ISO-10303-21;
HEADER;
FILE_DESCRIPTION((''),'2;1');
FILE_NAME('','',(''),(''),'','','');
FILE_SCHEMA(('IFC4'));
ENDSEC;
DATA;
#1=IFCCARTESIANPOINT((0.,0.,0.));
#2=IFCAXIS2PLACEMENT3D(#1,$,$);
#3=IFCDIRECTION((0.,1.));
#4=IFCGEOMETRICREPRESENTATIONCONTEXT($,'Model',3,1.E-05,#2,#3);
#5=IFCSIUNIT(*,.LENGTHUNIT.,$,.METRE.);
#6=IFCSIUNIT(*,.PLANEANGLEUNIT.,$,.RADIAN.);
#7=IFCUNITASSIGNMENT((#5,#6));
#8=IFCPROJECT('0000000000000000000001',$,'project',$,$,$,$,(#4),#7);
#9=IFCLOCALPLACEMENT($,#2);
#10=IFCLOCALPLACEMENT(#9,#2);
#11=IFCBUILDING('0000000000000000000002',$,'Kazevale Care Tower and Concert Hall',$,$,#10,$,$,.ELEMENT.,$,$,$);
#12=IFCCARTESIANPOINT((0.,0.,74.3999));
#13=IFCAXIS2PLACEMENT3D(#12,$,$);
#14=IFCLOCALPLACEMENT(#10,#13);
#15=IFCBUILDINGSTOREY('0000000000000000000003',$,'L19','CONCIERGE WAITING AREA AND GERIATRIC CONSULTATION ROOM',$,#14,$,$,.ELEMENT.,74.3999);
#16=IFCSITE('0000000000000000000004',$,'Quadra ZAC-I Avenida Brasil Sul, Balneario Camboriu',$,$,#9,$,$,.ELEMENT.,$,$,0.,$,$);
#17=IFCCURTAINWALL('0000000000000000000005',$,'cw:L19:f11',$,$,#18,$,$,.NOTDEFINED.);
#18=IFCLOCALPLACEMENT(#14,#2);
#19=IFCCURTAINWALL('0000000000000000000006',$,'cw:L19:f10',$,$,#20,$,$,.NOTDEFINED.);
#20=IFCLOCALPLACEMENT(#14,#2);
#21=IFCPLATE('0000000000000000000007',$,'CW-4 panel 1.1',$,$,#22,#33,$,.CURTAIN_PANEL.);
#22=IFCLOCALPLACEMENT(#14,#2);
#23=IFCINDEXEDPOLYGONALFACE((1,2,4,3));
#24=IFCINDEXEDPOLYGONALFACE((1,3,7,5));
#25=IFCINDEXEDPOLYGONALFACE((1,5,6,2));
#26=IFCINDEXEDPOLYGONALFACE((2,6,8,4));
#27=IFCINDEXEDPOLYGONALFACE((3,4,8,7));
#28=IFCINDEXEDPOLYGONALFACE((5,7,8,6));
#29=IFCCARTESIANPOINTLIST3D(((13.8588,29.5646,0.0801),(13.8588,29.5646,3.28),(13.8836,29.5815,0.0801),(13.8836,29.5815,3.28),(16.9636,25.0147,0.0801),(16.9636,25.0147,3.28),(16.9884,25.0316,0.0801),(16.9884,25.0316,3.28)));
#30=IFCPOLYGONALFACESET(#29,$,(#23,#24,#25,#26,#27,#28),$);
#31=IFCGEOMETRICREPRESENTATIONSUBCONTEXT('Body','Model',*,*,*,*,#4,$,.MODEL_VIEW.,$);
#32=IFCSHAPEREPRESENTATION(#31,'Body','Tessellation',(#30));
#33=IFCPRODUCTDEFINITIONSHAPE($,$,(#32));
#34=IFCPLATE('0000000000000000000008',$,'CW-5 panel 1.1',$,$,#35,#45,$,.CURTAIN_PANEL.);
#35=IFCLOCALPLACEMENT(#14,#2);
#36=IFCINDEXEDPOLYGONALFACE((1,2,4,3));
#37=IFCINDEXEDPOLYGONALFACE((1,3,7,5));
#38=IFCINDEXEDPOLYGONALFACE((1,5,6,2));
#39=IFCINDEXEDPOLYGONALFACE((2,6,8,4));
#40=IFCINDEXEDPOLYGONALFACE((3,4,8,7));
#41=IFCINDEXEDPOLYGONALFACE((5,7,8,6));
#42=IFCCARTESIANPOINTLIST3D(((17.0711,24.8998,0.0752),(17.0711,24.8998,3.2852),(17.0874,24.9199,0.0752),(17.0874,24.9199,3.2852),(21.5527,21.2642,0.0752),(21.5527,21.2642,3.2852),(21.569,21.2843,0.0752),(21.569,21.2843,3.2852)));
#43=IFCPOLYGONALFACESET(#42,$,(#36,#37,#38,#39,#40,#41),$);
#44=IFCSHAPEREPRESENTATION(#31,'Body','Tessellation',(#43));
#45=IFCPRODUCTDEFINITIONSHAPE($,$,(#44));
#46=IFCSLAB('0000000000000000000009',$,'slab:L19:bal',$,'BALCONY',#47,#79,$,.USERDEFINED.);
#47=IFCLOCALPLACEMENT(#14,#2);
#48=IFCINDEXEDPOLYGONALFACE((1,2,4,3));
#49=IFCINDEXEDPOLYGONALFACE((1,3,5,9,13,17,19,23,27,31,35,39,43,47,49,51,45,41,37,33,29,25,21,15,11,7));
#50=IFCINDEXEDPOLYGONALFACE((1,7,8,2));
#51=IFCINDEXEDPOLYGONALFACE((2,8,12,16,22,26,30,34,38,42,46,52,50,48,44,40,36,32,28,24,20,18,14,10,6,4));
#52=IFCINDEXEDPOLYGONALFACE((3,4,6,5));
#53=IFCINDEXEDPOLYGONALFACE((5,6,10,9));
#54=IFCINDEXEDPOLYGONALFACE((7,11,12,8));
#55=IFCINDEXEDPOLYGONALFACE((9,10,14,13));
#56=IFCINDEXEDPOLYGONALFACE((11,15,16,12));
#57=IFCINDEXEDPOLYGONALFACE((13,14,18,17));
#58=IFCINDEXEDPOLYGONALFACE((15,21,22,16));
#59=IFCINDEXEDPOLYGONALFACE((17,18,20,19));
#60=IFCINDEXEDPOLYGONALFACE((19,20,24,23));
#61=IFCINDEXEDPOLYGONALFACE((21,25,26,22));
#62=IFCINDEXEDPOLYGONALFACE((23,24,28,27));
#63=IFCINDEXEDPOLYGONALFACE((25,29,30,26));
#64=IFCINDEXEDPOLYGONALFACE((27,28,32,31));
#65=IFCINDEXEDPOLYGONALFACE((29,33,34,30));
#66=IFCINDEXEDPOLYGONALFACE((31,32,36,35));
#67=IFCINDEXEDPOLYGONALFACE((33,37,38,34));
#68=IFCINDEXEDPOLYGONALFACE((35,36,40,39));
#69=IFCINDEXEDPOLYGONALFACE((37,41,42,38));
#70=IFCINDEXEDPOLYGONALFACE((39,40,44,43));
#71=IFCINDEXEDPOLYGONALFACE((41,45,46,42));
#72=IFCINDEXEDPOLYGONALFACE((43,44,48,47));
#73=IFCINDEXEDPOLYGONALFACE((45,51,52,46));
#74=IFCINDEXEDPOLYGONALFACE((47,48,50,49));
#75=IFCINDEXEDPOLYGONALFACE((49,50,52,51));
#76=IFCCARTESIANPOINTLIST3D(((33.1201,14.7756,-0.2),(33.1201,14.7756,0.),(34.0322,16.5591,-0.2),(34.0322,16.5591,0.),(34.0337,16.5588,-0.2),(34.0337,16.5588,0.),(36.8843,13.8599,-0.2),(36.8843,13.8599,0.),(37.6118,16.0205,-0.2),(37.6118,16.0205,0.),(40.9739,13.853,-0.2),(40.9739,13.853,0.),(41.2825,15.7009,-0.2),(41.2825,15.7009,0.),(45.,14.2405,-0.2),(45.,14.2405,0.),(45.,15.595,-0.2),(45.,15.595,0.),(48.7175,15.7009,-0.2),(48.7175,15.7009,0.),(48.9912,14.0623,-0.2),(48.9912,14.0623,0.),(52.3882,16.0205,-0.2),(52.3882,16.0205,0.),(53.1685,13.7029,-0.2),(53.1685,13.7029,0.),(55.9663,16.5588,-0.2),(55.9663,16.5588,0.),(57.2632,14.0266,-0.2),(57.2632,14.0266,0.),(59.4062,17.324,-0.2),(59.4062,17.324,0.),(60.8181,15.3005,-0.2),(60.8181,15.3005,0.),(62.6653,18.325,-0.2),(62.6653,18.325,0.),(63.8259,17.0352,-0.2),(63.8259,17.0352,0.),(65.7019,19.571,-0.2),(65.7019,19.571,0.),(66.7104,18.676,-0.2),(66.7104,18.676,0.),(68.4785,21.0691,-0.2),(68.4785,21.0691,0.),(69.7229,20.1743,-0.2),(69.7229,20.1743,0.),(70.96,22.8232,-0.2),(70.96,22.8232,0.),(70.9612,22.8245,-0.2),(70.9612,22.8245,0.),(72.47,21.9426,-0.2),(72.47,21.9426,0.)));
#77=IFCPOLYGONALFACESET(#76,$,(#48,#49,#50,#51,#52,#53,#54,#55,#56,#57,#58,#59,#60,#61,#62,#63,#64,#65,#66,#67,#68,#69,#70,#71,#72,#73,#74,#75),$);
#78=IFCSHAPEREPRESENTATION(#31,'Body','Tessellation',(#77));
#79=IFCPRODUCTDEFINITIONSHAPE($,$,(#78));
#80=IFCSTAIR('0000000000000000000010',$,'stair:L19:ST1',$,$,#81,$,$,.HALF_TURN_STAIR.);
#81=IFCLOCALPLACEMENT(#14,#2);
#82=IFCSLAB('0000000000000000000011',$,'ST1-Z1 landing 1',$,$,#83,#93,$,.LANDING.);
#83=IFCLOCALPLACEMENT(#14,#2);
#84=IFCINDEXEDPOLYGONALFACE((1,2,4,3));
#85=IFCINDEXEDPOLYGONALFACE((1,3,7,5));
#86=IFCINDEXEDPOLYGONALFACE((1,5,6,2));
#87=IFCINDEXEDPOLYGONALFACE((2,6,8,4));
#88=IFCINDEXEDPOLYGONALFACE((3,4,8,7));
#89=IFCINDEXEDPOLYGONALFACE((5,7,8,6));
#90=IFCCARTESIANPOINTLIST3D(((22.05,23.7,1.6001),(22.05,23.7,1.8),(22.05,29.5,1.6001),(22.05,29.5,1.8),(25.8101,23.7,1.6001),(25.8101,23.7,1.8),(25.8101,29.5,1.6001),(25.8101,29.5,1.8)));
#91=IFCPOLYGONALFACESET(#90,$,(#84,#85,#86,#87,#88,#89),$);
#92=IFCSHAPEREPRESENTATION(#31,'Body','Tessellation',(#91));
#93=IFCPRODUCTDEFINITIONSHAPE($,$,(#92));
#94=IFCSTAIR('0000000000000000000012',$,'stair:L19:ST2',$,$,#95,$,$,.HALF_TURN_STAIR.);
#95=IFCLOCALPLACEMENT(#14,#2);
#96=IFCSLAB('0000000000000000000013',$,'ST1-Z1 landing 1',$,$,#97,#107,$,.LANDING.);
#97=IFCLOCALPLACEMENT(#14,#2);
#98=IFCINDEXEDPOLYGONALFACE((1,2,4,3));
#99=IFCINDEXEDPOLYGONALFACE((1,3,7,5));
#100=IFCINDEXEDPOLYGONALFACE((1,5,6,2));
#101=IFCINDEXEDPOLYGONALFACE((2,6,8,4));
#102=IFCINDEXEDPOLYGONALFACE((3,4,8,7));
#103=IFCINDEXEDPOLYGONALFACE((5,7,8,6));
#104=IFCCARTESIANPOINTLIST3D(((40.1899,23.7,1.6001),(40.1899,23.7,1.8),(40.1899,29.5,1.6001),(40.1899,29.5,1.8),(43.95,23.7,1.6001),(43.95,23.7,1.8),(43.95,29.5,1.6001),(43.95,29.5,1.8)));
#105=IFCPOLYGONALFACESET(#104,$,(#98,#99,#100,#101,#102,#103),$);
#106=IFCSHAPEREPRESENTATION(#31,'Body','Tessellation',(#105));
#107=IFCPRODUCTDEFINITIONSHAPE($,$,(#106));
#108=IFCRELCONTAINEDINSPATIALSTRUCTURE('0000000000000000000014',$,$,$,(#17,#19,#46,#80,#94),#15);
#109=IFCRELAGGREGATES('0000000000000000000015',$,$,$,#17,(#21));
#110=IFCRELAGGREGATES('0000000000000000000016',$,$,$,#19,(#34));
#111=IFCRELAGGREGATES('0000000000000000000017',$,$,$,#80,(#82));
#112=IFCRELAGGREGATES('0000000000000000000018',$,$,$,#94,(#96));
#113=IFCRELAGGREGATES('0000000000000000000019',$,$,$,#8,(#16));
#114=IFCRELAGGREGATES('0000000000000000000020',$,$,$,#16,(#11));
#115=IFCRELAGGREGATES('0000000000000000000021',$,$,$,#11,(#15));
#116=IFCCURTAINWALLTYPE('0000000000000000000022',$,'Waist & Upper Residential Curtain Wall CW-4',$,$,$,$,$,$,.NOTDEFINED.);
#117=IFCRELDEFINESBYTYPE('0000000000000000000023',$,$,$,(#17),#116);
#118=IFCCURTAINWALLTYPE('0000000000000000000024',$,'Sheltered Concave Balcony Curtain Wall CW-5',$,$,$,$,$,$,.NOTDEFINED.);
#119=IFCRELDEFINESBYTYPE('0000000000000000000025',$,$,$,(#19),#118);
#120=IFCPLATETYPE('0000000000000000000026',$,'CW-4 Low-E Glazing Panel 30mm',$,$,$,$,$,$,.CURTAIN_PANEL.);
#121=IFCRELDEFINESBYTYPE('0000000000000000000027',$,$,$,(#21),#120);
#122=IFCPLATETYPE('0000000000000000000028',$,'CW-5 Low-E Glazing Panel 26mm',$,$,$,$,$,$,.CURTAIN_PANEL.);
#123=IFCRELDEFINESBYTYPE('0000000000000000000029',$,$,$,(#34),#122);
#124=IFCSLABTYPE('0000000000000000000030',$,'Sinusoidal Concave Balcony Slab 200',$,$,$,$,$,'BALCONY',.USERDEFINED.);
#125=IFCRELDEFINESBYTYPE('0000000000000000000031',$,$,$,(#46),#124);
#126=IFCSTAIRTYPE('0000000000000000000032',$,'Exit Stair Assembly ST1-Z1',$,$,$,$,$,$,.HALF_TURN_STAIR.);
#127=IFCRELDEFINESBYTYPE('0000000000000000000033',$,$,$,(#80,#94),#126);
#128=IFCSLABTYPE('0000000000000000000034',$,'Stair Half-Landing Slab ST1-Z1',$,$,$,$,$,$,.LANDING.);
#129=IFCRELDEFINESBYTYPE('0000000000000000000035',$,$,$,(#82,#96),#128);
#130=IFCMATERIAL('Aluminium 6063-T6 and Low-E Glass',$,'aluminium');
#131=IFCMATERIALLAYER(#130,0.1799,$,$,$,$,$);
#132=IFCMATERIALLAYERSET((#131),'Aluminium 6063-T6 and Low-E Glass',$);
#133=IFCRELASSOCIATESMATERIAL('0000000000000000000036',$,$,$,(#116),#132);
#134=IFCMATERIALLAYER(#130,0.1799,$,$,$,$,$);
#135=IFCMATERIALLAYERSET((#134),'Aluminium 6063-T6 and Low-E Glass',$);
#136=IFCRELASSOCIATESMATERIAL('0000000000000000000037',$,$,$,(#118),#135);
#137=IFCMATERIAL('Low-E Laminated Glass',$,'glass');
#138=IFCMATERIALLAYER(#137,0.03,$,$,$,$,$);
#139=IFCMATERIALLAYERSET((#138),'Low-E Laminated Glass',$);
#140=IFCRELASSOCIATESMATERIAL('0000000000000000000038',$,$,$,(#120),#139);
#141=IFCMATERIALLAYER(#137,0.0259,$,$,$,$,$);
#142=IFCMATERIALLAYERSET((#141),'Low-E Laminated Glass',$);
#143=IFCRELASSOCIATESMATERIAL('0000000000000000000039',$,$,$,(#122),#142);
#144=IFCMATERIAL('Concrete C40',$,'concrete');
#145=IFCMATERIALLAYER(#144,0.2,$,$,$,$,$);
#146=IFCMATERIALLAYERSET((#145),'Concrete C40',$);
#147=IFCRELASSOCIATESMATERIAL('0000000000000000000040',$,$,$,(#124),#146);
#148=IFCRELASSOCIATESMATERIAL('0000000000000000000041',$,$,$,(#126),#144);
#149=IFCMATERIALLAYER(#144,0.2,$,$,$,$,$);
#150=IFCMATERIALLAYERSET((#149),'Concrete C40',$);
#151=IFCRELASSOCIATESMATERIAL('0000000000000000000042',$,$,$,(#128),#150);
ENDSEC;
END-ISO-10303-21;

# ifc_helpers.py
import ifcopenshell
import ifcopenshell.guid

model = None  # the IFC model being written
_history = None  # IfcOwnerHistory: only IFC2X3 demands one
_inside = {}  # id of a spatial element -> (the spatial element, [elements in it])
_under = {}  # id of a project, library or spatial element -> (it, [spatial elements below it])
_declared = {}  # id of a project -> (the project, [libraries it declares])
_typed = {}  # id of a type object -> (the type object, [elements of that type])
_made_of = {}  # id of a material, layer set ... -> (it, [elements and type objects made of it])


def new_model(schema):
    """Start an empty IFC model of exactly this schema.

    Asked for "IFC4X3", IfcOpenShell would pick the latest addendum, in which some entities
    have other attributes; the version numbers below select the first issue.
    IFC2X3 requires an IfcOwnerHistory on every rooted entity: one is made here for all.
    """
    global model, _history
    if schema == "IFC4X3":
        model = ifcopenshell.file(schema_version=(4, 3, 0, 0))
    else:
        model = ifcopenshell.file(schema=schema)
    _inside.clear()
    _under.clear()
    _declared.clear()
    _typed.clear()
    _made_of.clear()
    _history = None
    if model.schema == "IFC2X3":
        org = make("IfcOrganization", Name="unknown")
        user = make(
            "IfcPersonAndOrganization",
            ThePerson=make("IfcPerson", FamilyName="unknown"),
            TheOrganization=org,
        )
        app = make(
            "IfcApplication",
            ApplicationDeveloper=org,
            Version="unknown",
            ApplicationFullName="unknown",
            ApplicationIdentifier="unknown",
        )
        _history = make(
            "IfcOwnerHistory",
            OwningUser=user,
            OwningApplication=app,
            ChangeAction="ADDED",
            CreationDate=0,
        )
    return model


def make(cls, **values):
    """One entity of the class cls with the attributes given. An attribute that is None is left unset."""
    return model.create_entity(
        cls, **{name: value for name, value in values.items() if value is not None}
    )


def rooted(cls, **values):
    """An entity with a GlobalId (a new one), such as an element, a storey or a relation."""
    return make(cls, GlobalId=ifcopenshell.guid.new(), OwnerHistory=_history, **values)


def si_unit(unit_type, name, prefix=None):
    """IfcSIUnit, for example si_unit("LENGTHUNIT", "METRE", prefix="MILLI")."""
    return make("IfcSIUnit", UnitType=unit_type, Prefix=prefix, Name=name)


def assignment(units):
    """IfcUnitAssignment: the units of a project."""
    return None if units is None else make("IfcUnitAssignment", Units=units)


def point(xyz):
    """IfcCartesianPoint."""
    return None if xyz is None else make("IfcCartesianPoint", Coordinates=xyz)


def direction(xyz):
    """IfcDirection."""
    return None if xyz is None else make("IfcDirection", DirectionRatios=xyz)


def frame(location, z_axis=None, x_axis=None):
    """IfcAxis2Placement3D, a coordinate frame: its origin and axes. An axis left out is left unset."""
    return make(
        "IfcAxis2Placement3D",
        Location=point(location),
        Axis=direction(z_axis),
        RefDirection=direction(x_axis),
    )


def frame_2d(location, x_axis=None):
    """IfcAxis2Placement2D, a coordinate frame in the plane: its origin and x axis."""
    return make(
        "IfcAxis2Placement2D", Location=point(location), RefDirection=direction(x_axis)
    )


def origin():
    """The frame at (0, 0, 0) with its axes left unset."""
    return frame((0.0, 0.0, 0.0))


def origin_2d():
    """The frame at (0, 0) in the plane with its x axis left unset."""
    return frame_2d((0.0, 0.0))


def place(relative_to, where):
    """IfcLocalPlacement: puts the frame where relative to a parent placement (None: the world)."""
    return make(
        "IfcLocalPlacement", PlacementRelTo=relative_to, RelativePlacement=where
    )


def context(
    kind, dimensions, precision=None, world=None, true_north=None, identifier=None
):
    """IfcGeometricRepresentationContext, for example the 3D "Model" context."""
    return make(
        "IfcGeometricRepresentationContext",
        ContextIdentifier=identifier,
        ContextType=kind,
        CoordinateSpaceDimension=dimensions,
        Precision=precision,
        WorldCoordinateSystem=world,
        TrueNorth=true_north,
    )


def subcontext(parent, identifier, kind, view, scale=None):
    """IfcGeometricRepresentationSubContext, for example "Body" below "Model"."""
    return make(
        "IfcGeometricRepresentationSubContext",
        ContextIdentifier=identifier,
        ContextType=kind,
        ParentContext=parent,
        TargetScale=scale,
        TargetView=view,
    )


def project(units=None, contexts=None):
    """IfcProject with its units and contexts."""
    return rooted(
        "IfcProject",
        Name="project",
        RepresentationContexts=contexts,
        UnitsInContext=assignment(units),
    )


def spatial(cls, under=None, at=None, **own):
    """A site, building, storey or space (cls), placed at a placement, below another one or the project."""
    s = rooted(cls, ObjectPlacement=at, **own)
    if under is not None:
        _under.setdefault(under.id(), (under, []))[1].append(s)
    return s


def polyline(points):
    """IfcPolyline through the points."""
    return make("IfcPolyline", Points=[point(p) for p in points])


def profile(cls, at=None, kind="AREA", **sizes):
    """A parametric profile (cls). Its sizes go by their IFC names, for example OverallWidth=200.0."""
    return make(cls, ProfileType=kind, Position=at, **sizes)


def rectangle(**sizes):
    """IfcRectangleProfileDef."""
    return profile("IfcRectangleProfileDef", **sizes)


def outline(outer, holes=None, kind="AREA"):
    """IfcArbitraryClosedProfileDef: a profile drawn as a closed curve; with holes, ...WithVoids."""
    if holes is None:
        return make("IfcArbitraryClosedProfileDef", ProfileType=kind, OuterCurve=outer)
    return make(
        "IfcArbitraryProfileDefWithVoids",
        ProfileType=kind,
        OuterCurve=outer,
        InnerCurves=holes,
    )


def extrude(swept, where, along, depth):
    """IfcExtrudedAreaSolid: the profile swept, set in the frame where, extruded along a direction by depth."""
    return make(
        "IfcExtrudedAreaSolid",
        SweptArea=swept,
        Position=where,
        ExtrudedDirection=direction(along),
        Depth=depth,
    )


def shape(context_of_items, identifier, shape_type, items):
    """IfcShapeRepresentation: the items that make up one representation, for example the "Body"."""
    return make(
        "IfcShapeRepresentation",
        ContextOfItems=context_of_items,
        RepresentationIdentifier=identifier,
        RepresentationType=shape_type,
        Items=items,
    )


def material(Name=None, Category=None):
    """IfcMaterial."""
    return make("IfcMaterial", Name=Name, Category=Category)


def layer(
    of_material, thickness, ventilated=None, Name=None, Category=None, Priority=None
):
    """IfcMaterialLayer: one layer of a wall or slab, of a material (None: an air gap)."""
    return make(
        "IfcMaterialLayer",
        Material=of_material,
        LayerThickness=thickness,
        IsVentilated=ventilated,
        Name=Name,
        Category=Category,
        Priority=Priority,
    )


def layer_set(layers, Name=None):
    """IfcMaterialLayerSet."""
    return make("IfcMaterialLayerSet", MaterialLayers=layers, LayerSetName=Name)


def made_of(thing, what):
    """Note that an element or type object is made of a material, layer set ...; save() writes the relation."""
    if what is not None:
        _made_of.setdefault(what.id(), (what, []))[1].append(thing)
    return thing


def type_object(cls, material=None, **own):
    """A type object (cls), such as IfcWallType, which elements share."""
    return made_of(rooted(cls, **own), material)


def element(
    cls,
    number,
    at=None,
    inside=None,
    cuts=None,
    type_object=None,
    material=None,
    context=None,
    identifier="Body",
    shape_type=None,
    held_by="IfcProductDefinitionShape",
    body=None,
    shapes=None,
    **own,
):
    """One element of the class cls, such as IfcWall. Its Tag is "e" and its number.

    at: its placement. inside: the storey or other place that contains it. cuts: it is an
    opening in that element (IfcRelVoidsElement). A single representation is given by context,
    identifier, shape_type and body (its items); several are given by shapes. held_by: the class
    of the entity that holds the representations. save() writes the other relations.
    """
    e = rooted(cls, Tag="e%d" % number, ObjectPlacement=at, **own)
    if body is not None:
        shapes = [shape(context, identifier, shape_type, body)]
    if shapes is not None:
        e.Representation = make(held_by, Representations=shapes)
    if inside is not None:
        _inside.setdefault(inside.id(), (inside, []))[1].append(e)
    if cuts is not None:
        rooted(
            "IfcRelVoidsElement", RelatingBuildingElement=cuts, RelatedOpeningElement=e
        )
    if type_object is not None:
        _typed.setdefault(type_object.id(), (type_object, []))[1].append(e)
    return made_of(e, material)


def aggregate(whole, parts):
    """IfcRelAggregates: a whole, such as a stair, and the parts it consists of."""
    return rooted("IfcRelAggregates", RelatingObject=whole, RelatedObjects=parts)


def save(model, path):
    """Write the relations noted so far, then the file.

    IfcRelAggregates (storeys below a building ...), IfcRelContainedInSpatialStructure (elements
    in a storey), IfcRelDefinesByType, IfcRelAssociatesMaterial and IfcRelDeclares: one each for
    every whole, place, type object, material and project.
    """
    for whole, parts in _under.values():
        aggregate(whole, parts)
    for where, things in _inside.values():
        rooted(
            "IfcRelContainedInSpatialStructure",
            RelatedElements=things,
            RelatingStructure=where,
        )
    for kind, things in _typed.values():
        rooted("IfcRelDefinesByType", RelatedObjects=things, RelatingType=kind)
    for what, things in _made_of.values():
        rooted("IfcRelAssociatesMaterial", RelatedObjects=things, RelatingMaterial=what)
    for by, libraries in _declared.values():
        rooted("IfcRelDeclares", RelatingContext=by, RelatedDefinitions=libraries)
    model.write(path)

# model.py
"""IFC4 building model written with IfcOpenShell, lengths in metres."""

from ifc_helpers import new_model, si_unit, direction, frame, origin, origin_2d, place, context, subcontext, project, spatial, polyline, rectangle, outline, extrude, material, layer, layer_set, type_object, element, aggregate, save


model = new_model("IFC4")

# Units and contexts
model_context = context("Model", 3, precision=1e-05, world=origin(), true_north=direction((0.0, 1.0)))
body_context = subcontext(model_context, "Body", "Model", "MODEL_VIEW")
ifc_project = project(units=[si_unit("LENGTHUNIT", "METRE"), si_unit("PLANEANGLEUNIT", "RADIAN")], contexts=[model_context])

# Site, building, storey
site_placement = place(None, origin())
site = spatial("IfcSite", under=ifc_project, at=site_placement, Name="Quadra ZAC-I Avenida Brasil Sul, Balneario Camboriu", CompositionType="ELEMENT", RefElevation=0.0)
building_placement = place(site_placement, origin())
building = spatial("IfcBuilding", under=site, at=building_placement, Name="Kazevale Care Tower and Concert Hall", CompositionType="ELEMENT")
storey_placement = place(building_placement, frame((0.0, 0.0, 74.3999)))
storey = spatial("IfcBuildingStorey", under=building, at=storey_placement, Name="L19", Description="CONCIERGE WAITING AREA AND GERIATRIC CONSULTATION ROOM", CompositionType="ELEMENT", Elevation=74.3999)

# Curtain wall
ifc_material_1 = material(Name="Aluminium 6063-T6 and Low-E Glass", Category="aluminium")
ifc_layer_1 = layer(ifc_material_1, 0.1799)
ifc_layer_set_1 = layer_set([ifc_layer_1], Name="Aluminium 6063-T6 and Low-E Glass")
curtain_wall_type_1 = type_object("IfcCurtainWallType", Name="Waist & Upper Residential Curtain Wall CW-4", PredefinedType="NOTDEFINED", material=ifc_layer_set_1)
curtain_wall_1_placement = place(storey_placement, origin())
curtain_wall_1 = element("IfcCurtainWall", 1, at=curtain_wall_1_placement, inside=storey, type_object=curtain_wall_type_1, Name="cw:L19:f11", PredefinedType="NOTDEFINED")

# Shared definitions
ifc_layer_2 = layer(ifc_material_1, 0.1799)
ifc_layer_set_2 = layer_set([ifc_layer_2], Name="Aluminium 6063-T6 and Low-E Glass")
curtain_wall_type_2 = type_object("IfcCurtainWallType", Name="Sheltered Concave Balcony Curtain Wall CW-5", PredefinedType="NOTDEFINED", material=ifc_layer_set_2)

# Curtain wall
curtain_wall_2_placement = place(storey_placement, origin())
curtain_wall_2 = element("IfcCurtainWall", 2, at=curtain_wall_2_placement, inside=storey, type_object=curtain_wall_type_2, Name="cw:L19:f10", PredefinedType="NOTDEFINED")

# Plates
ifc_material_2 = material(Name="Low-E Laminated Glass", Category="glass")
ifc_layer_3 = layer(ifc_material_2, 0.03)
ifc_layer_set_3 = layer_set([ifc_layer_3], Name="Low-E Laminated Glass")
plate_type_1 = type_object("IfcPlateType", Name="CW-4 Low-E Glazing Panel 30mm", PredefinedType="CURTAIN_PANEL", material=ifc_layer_set_3)
plate_1_placement = place(storey_placement, frame((15.4236, 27.2981, 0.0801), z_axis=(0.0, 0.0, 1.0), x_axis=(-0.563665, 0.826003, 0.0)))
plate_1 = element("IfcPlate", 3, at=plate_1_placement, type_object=plate_type_1, Name="CW-4 panel 1.1", PredefinedType="CURTAIN_PANEL", context=body_context, shape_type="SweptSolid", body=[
    extrude(rectangle(XDim=5.5083, YDim=0.03, at=origin_2d()), origin(), (0.0, 0.0, 1.0), 3.2),
])
aggregate(curtain_wall_1, [plate_1])
ifc_layer_4 = layer(ifc_material_2, 0.0259)
ifc_layer_set_4 = layer_set([ifc_layer_4], Name="Low-E Laminated Glass")
plate_type_2 = type_object("IfcPlateType", Name="CW-5 Low-E Glazing Panel 26mm", PredefinedType="CURTAIN_PANEL", material=ifc_layer_set_4)
plate_2_placement = place(storey_placement, frame((19.3201, 23.092, 0.0752), z_axis=(0.0, 0.0, 1.0), x_axis=(-0.776599, 0.629995, 0.0)))
plate_2 = element("IfcPlate", 4, at=plate_2_placement, type_object=plate_type_2, Name="CW-5 panel 1.1", PredefinedType="CURTAIN_PANEL", context=body_context, shape_type="SweptSolid", body=[
    extrude(rectangle(XDim=5.7708, YDim=0.0259, at=origin_2d()), origin(), (0.0, 0.0, 1.0), 3.21),
])
aggregate(curtain_wall_2, [plate_2])

# Slab
ifc_material_3 = material(Name="Concrete C40", Category="concrete")
ifc_layer_5 = layer(ifc_material_3, 0.2)
ifc_layer_set_5 = layer_set([ifc_layer_5], Name="Concrete C40")
slab_type_1 = type_object("IfcSlabType", Name="Sinusoidal Concave Balcony Slab 200", ElementType="BALCONY", PredefinedType="USERDEFINED", material=ifc_layer_set_5)
slab_1_placement = place(storey_placement, frame((0.0, 0.0, -0.2)))
element("IfcSlab", 5, at=slab_1_placement, inside=storey, type_object=slab_type_1, Name="slab:L19:bal", ObjectType="BALCONY", PredefinedType="USERDEFINED", context=body_context, shape_type="SweptSolid", body=[
    extrude(outline(polyline([(72.47, 21.9426), (69.7229, 20.1743), (66.7104, 18.676), (63.8259, 17.0352), (60.8181, 15.3005), (57.2632, 14.0266), (53.1685, 13.7029), (48.9912, 14.0623), (45.0, 14.2405), (40.9739, 13.853), (36.8843, 13.8599), (33.1201, 14.7756), (34.0322, 16.5591), (34.0337, 16.5588), (37.6118, 16.0205), (41.2825, 15.7009), (45.0, 15.595), (48.7175, 15.7009), (52.3882, 16.0205), (55.9663, 16.5588), (59.4062, 17.324), (62.6653, 18.325), (65.7019, 19.571), (68.4785, 21.0691), (70.96, 22.8232), (70.9612, 22.8245), (72.47, 21.9426)])), origin(), (0.0, 0.0, 1.0), 0.2),
])

# Stairs, slabs
stair_type = type_object("IfcStairType", Name="Exit Stair Assembly ST1-Z1", PredefinedType="HALF_TURN_STAIR", material=ifc_material_3)
stair_1_placement = place(storey_placement, origin())
stair_1 = element("IfcStair", 6, at=stair_1_placement, inside=storey, type_object=stair_type, Name="stair:L19:ST1", PredefinedType="HALF_TURN_STAIR")
ifc_layer_6 = layer(ifc_material_3, 0.2)
ifc_layer_set_6 = layer_set([ifc_layer_6], Name="Concrete C40")
slab_type_2 = type_object("IfcSlabType", Name="Stair Half-Landing Slab ST1-Z1", PredefinedType="LANDING", material=ifc_layer_set_6)
slab_2_placement = place(storey_placement, frame((0.0, 0.0, 1.6001)))
slab_2 = element("IfcSlab", 7, at=slab_2_placement, type_object=slab_type_2, Name="ST1-Z1 landing 1", PredefinedType="LANDING", context=body_context, shape_type="SweptSolid", body=[
    extrude(outline(polyline([(22.05, 23.7), (25.8101, 23.7), (25.8101, 29.5), (22.05, 29.5), (22.05, 23.7)])), origin(), (0.0, 0.0, 1.0), 0.2),
])
aggregate(stair_1, [slab_2])
stair_2_placement = place(storey_placement, origin())
stair_2 = element("IfcStair", 8, at=stair_2_placement, inside=storey, type_object=stair_type, Name="stair:L19:ST2", PredefinedType="HALF_TURN_STAIR")
slab_3_placement = place(storey_placement, frame((0.0, 0.0, 1.6001)))
slab_3 = element("IfcSlab", 9, at=slab_3_placement, type_object=slab_type_2, Name="ST1-Z1 landing 1", PredefinedType="LANDING", context=body_context, shape_type="SweptSolid", body=[
    extrude(outline(polyline([(40.1899, 23.7), (43.95, 23.7), (43.95, 29.5), (40.1899, 29.5), (40.1899, 23.7)])), origin(), (0.0, 0.0, 1.0), 0.2),
])
aggregate(stair_2, [slab_3])

save(model, "model.ifc")
